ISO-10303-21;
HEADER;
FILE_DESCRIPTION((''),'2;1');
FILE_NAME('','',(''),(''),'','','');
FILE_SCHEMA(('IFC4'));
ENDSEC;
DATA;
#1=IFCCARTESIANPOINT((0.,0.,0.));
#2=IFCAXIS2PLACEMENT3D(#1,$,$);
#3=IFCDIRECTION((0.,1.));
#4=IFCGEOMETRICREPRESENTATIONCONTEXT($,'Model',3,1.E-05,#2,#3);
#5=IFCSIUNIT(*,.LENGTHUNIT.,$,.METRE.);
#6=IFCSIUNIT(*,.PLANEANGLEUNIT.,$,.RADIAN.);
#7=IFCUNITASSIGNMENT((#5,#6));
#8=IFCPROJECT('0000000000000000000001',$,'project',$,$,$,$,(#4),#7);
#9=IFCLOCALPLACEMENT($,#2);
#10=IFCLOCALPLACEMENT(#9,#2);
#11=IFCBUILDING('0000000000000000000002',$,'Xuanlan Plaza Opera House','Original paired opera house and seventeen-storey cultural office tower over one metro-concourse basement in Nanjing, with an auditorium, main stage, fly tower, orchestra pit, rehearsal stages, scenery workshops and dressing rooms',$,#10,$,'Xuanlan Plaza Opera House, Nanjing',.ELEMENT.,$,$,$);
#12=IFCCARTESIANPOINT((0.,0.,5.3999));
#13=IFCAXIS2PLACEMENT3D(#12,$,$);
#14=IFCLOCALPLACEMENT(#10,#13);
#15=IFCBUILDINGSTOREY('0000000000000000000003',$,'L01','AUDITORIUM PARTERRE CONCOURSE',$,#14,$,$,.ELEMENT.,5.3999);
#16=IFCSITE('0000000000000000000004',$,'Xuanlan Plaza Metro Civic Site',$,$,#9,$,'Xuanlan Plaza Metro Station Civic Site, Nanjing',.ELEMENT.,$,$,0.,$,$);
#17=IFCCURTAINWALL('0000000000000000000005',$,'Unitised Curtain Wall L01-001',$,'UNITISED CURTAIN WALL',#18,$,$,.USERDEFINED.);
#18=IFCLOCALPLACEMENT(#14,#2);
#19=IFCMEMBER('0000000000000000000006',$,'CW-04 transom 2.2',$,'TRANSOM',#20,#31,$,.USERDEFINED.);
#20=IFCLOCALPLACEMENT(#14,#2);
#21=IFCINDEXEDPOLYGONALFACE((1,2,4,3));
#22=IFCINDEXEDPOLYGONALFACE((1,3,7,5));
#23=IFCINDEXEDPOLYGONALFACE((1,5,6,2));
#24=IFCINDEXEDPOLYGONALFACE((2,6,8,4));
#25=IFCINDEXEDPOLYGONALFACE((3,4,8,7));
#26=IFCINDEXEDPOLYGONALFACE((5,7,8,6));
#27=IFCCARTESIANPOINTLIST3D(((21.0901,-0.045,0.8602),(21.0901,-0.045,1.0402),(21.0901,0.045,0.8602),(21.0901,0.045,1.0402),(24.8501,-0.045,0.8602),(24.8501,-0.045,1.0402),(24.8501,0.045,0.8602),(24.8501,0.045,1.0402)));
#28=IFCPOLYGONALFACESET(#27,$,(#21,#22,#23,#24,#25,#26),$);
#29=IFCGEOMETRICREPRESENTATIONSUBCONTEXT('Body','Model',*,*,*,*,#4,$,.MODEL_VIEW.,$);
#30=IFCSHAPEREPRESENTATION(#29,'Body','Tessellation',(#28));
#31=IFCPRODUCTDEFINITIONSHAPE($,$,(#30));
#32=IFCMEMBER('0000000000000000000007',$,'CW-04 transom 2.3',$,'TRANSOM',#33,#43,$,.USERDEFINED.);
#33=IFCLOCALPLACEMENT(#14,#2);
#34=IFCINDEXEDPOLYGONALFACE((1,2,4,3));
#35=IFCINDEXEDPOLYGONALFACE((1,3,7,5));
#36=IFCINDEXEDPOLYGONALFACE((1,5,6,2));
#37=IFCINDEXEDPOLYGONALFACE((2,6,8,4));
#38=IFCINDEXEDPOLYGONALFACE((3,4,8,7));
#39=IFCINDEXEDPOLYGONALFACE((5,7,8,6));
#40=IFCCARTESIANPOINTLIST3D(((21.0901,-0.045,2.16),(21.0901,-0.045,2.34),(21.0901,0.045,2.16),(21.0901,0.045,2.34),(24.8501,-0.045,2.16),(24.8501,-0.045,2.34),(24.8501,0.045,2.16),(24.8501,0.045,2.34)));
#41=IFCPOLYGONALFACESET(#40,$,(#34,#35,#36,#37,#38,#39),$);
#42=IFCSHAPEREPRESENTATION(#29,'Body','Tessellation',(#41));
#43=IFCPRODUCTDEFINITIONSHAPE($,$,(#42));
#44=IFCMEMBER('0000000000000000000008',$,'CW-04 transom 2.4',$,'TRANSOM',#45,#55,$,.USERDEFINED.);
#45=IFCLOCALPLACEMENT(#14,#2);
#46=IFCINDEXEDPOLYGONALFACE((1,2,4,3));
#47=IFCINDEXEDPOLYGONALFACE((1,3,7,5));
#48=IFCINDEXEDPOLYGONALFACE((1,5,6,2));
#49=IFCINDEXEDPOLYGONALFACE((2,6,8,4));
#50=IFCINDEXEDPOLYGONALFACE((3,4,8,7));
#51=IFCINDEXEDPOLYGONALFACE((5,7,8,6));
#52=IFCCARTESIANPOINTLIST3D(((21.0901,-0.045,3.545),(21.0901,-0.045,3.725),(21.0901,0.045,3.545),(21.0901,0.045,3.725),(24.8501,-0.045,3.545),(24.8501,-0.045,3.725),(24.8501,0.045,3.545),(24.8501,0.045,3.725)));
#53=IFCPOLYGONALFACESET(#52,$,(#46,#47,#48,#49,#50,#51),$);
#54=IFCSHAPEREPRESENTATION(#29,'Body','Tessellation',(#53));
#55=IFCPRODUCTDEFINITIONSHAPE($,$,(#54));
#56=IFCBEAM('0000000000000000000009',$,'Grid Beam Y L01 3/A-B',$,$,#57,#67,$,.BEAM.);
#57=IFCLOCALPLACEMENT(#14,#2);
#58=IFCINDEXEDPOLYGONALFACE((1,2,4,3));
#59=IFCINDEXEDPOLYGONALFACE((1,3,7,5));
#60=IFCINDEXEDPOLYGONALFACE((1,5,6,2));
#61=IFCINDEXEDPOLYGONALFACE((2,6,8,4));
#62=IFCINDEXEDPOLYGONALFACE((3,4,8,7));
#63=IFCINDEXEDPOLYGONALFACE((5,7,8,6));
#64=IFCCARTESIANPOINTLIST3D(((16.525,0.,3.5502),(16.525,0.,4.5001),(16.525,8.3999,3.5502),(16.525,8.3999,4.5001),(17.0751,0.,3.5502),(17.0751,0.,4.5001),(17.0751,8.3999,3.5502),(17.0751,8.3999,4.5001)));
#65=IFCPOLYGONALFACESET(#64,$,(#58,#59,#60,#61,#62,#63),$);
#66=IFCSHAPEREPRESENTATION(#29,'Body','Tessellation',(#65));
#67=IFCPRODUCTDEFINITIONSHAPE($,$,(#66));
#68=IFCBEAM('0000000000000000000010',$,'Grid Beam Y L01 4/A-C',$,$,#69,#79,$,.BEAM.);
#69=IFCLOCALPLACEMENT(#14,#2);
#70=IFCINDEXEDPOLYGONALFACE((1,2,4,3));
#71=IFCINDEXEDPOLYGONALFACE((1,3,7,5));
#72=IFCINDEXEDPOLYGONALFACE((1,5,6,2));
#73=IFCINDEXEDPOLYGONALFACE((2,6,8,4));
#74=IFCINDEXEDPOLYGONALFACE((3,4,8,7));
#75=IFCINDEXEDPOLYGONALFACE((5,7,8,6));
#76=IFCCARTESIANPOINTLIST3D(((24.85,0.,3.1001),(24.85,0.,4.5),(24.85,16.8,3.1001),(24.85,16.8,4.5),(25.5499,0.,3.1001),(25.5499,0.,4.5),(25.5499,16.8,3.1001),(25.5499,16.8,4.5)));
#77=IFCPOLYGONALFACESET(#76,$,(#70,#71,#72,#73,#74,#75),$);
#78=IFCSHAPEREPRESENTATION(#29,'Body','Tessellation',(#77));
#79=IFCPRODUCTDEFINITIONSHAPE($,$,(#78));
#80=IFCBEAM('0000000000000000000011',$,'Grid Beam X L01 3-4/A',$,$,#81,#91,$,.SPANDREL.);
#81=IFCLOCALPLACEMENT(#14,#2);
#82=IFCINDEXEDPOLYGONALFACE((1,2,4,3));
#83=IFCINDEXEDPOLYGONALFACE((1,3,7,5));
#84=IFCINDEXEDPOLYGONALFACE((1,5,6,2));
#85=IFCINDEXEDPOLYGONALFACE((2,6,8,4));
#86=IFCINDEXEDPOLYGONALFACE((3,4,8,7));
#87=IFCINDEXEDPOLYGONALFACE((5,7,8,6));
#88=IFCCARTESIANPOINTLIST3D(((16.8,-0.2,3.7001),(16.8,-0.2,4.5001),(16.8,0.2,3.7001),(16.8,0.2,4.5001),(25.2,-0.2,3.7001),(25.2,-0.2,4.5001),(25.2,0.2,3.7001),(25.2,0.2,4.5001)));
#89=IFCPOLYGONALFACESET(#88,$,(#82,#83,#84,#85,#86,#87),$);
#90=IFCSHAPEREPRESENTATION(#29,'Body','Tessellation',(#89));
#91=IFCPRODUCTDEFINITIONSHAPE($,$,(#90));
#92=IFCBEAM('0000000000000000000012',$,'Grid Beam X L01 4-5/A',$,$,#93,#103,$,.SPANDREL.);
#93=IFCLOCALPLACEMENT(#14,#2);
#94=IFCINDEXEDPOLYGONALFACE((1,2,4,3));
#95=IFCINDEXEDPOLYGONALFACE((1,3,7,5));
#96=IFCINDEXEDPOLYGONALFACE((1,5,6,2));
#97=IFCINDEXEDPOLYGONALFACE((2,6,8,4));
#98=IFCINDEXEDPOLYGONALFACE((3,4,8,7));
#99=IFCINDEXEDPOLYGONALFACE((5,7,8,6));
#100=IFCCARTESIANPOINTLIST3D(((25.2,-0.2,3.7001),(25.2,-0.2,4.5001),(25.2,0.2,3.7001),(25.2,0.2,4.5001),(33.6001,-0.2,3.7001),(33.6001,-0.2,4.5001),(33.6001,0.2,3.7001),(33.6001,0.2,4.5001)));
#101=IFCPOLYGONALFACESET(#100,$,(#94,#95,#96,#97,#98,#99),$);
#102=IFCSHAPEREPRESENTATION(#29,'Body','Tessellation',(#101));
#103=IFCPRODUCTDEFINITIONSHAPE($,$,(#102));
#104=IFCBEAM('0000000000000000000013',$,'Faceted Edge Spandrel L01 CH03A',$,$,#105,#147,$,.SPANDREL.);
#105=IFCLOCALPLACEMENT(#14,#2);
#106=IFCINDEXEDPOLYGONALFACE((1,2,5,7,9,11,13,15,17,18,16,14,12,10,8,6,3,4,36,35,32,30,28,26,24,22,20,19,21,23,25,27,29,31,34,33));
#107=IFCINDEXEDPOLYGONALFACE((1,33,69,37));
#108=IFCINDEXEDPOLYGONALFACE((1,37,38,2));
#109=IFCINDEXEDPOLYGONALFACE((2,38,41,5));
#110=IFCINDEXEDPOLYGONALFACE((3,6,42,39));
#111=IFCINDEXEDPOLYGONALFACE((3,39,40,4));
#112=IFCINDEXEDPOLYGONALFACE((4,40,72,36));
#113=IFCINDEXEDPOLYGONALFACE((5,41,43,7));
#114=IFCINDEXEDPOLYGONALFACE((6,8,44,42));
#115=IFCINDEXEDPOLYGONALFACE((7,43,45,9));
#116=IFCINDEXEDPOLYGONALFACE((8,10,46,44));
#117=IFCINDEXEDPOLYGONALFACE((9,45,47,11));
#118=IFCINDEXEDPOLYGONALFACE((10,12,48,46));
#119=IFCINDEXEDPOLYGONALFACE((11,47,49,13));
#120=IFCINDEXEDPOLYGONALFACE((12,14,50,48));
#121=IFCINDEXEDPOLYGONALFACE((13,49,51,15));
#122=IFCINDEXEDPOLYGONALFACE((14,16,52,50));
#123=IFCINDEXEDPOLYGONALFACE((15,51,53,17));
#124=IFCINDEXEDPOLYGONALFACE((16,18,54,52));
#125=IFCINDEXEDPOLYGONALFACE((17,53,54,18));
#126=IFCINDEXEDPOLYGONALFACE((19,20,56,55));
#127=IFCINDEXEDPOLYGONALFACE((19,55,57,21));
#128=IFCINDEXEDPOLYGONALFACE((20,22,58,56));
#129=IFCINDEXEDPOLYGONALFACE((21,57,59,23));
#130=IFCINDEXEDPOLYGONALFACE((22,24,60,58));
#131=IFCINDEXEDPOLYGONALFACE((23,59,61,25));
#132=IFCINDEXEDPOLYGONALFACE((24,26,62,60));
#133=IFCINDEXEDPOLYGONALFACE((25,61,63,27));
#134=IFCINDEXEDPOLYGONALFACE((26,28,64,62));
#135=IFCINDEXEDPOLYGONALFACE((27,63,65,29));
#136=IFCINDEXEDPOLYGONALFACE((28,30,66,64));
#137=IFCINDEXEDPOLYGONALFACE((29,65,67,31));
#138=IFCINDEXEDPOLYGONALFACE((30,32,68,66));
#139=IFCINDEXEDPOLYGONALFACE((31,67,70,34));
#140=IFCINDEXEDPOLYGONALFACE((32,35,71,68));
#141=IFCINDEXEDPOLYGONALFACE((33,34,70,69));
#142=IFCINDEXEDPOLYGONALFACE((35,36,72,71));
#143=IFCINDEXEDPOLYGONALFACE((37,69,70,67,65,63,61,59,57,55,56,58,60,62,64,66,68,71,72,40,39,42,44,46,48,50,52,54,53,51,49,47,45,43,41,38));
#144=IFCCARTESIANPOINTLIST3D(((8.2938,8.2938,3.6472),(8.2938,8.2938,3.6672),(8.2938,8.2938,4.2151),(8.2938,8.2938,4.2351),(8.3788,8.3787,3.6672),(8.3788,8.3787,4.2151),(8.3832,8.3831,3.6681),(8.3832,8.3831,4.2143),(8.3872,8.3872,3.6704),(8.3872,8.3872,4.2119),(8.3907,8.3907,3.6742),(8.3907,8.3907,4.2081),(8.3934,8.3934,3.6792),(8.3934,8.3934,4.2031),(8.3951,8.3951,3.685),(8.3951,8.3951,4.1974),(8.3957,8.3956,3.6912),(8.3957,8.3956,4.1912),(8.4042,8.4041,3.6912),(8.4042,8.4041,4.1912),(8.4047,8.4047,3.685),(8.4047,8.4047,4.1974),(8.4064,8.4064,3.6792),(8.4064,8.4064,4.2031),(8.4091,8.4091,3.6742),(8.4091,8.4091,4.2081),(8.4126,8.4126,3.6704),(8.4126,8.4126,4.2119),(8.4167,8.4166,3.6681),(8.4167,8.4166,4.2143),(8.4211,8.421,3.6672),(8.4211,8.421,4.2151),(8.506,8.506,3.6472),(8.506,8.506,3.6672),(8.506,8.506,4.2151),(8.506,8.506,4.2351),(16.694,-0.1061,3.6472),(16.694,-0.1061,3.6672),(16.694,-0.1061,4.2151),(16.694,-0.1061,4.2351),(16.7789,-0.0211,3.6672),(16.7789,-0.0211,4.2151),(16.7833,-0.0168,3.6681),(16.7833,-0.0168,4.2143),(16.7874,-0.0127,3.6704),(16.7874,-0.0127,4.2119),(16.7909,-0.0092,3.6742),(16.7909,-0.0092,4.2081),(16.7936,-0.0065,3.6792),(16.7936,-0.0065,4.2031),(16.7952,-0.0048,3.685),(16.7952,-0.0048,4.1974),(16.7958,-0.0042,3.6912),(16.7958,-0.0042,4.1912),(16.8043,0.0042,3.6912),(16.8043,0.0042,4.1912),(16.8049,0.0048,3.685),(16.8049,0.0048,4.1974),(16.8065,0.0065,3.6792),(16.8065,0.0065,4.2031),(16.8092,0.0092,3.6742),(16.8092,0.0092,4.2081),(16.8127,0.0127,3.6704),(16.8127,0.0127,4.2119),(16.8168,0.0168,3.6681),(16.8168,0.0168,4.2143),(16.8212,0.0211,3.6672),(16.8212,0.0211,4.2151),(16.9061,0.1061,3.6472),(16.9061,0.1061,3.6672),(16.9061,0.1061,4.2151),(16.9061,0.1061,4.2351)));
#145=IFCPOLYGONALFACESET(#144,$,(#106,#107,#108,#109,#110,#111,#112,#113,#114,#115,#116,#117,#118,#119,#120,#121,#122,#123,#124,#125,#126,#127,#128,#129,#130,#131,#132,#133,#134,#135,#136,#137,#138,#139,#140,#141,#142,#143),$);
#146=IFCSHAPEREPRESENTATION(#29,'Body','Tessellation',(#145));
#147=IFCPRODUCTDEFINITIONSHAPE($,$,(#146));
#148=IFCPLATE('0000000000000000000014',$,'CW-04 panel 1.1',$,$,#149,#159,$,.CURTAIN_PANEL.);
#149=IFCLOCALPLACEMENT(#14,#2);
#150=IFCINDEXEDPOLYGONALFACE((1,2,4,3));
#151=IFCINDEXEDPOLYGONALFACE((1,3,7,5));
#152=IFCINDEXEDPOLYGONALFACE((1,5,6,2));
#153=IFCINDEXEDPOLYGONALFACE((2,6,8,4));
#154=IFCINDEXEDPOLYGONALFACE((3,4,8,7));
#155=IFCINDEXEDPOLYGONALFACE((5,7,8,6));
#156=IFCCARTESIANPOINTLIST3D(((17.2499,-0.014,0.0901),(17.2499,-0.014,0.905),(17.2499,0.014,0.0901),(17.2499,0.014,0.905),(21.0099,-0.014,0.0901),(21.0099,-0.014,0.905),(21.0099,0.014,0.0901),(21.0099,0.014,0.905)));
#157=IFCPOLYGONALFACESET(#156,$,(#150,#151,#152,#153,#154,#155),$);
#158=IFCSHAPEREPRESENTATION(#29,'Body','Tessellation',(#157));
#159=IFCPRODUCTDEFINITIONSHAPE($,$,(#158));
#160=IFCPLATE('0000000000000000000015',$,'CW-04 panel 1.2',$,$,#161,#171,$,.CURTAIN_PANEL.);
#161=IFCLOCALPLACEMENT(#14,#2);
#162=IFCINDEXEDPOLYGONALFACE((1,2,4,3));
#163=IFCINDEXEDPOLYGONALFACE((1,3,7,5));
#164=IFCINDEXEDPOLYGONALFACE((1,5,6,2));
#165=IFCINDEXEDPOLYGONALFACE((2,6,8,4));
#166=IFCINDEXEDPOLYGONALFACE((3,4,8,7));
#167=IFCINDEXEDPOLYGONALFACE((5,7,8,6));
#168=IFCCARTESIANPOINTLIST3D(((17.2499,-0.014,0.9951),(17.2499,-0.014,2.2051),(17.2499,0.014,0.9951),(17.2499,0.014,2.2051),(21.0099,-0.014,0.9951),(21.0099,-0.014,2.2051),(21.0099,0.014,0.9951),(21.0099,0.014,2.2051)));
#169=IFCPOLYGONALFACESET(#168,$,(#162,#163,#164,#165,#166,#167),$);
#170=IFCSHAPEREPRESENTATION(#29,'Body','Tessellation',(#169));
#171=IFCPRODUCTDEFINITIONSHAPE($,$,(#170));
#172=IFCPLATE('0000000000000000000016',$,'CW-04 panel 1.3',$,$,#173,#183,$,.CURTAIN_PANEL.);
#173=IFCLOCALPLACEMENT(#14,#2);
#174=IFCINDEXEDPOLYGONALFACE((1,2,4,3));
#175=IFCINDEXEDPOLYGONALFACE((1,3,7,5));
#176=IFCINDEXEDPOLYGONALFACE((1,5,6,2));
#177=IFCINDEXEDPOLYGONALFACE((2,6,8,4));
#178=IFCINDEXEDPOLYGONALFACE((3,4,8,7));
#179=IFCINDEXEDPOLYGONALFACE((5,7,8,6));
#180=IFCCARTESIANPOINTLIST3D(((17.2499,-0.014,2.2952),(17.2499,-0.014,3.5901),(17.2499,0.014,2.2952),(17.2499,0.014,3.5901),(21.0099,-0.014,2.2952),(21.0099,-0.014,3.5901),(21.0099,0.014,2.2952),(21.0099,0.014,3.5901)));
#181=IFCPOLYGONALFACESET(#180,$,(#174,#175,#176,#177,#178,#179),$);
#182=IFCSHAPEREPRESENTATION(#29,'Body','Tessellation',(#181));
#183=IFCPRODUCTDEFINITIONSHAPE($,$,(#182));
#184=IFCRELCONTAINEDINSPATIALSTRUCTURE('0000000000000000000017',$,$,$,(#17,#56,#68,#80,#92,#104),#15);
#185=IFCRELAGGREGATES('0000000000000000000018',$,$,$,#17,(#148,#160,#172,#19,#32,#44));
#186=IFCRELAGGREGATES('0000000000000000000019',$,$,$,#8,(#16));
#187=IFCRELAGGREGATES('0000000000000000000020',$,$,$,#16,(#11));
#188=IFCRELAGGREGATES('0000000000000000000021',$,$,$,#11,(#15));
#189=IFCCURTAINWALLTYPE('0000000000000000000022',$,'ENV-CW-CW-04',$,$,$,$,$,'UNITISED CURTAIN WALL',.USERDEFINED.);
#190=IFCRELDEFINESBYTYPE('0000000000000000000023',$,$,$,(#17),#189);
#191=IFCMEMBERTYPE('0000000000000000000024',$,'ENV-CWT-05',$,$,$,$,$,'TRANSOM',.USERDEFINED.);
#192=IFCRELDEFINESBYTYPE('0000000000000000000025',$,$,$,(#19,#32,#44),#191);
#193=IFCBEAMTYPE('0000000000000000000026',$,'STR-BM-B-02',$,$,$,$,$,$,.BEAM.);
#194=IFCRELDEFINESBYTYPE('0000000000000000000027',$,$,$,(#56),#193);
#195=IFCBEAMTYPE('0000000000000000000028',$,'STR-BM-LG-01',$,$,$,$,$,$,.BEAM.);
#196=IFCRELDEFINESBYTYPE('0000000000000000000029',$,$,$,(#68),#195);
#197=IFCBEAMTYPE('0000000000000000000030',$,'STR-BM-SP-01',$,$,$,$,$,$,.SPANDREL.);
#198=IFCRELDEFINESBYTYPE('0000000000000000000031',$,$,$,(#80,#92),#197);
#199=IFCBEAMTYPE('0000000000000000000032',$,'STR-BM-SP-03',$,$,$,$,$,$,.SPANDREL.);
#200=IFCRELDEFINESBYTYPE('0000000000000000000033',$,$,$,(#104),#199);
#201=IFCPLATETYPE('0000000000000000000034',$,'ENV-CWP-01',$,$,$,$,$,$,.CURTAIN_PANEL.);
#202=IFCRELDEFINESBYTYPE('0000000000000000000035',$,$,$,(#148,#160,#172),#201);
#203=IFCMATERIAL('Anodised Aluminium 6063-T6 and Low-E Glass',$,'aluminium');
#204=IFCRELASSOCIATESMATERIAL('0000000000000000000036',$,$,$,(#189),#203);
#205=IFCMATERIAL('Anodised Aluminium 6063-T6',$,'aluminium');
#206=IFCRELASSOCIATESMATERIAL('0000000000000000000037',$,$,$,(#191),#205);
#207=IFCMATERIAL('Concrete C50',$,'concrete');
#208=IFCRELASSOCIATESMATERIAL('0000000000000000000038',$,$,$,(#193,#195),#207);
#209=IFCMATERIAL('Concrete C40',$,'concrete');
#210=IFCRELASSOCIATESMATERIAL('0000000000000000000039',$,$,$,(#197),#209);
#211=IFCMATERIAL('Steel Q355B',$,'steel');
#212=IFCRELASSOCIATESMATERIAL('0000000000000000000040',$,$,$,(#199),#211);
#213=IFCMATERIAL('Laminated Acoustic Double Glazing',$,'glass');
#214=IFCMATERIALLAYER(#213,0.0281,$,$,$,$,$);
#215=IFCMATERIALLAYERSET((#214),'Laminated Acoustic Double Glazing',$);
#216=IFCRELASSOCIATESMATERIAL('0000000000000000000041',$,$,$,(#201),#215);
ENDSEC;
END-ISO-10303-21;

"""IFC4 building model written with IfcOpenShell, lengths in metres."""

from ifc_helpers import new_model, si_unit, direction, frame, origin, origin_2d, place, context, subcontext, project, spatial, rectangle, i_section, extrude, material, layer, layer_set, material_profile, profile_set, type_object, element, aggregate, save


model = new_model("IFC4")

# Units and contexts
model_context = context("Model", 3, precision=1e-05, world=origin(), true_north=direction((0.0, 1.0)))
body_context = subcontext(model_context, "Body", "Model", "MODEL_VIEW")
ifc_project = project(units=[si_unit("LENGTHUNIT", "METRE"), si_unit("PLANEANGLEUNIT", "RADIAN")], contexts=[model_context])

# Site, building, storey
site_placement = place(None, origin())
site = spatial("IfcSite", under=ifc_project, at=site_placement, Name="Xuanlan Plaza Metro Civic Site", LongName="Xuanlan Plaza Metro Station Civic Site, Nanjing", CompositionType="ELEMENT", RefElevation=0.0)
building_placement = place(site_placement, origin())
building = spatial("IfcBuilding", under=site, at=building_placement, Name="Xuanlan Plaza Opera House", Description="Original paired opera house and seventeen-storey cultural office tower over one metro-concourse basement in Nanjing, with an auditorium, main stage, fly tower, orchestra pit, rehearsal stages, scenery workshops and dressing rooms", LongName="Xuanlan Plaza Opera House, Nanjing", CompositionType="ELEMENT")
storey_placement = place(building_placement, frame((0.0, 0.0, 5.3999)))
storey = spatial("IfcBuildingStorey", under=building, at=storey_placement, Name="L01", Description="AUDITORIUM PARTERRE CONCOURSE", CompositionType="ELEMENT", Elevation=5.3999)

# Shared definitions
ifc_material_1 = material(Name="Concrete C40", Category="concrete")

# Curtain wall
ifc_material_2 = material(Name="Anodised Aluminium 6063-T6 and Low-E Glass", Category="aluminium")
curtain_wall_type_1 = type_object("IfcCurtainWallType", Name="ENV-CW-CW-04", ElementType="UNITISED CURTAIN WALL", PredefinedType="USERDEFINED", material=ifc_material_2)
curtain_wall_1_placement = place(storey_placement, origin())
curtain_wall_1 = element("IfcCurtainWall", 1, at=curtain_wall_1_placement, inside=storey, type_object=curtain_wall_type_1, Name="Unitised Curtain Wall L01-001", ObjectType="UNITISED CURTAIN WALL", PredefinedType="USERDEFINED")
ifc_material_3 = material(Name="Anodised Aluminium 6063-T6", Category="aluminium")

# Members
ifc_material_profile_1 = material_profile(ifc_material_3, rectangle(XDim=0.0901, YDim=0.1799, at=origin_2d()), Name="ALU-T 90x180")
ifc_profile_set_1 = profile_set([ifc_material_profile_1], Name="Anodised Aluminium 6063-T6")
member_type_1 = type_object("IfcMemberType", Name="ENV-CWT-05", ElementType="TRANSOM", PredefinedType="USERDEFINED", material=ifc_profile_set_1)
member_1_placement = place(storey_placement, frame((21.0901, 0.0, 0.9502), z_axis=(1.0, 0.0, 0.0), x_axis=(0.0, 1.0, 0.0)))
member_1 = element("IfcMember", 2, at=member_1_placement, type_object=member_type_1, Name="CW-04 transom 2.2", ObjectType="TRANSOM", PredefinedType="USERDEFINED", context=body_context, shape_type="SweptSolid", body=[
    extrude(rectangle(XDim=0.0901, YDim=0.1799, at=origin_2d()), origin(), (0.0, 0.0, 1.0), 3.76),
])
member_2_placement = place(storey_placement, frame((21.0901, 0.0, 2.25), z_axis=(1.0, 0.0, 0.0), x_axis=(0.0, 1.0, 0.0)))
member_2 = element("IfcMember", 3, at=member_2_placement, type_object=member_type_1, Name="CW-04 transom 2.3", ObjectType="TRANSOM", PredefinedType="USERDEFINED", context=body_context, shape_type="SweptSolid", body=[
    extrude(rectangle(XDim=0.0901, YDim=0.1799, at=origin_2d()), origin(), (0.0, 0.0, 1.0), 3.76),
])
member_3_placement = place(storey_placement, frame((21.0901, 0.0, 3.635), z_axis=(1.0, 0.0, 0.0), x_axis=(0.0, 1.0, 0.0)))
member_3 = element("IfcMember", 4, at=member_3_placement, type_object=member_type_1, Name="CW-04 transom 2.4", ObjectType="TRANSOM", PredefinedType="USERDEFINED", context=body_context, shape_type="SweptSolid", body=[
    extrude(rectangle(XDim=0.0901, YDim=0.1799, at=origin_2d()), origin(), (0.0, 0.0, 1.0), 3.76),
])

# Beams
ifc_material_4 = material(Name="Concrete C50", Category="concrete")
ifc_material_profile_2 = material_profile(ifc_material_4, rectangle(XDim=0.55, YDim=0.95, at=origin_2d()), Name="RC-BM 550x950")
ifc_profile_set_2 = profile_set([ifc_material_profile_2], Name="Concrete C50")
beam_type_1 = type_object("IfcBeamType", Name="STR-BM-B-02", PredefinedType="BEAM", material=ifc_profile_set_2)
beam_1_placement = place(storey_placement, frame((16.8, 0.0, 4.0251), z_axis=(0.0, 1.0, 0.0), x_axis=(-1.0, 0.0, 0.0)))
element("IfcBeam", 5, at=beam_1_placement, inside=storey, type_object=beam_type_1, Name="Grid Beam Y L01 3/A-B", PredefinedType="BEAM", context=body_context, shape_type="SweptSolid", body=[
    extrude(rectangle(XDim=0.55, YDim=0.95, at=origin_2d()), origin(), (0.0, 0.0, 1.0), 8.3999),
])
ifc_material_profile_3 = material_profile(ifc_material_4, rectangle(XDim=0.7, YDim=1.3999, at=origin_2d()), Name="RC-LG 700x1400")
ifc_profile_set_3 = profile_set([ifc_material_profile_3], Name="Concrete C50")
beam_type_2 = type_object("IfcBeamType", Name="STR-BM-LG-01", PredefinedType="BEAM", material=ifc_profile_set_3)
beam_2_placement = place(storey_placement, frame((25.2, 0.0, 3.8), z_axis=(0.0, 1.0, 0.0), x_axis=(-1.0, 0.0, 0.0)))
element("IfcBeam", 6, at=beam_2_placement, inside=storey, type_object=beam_type_2, Name="Grid Beam Y L01 4/A-C", PredefinedType="BEAM", context=body_context, shape_type="SweptSolid", body=[
    extrude(rectangle(XDim=0.7, YDim=1.3999, at=origin_2d()), origin(), (0.0, 0.0, 1.0), 16.8),
])
ifc_material_profile_4 = material_profile(ifc_material_1, rectangle(XDim=0.3999, YDim=0.8, at=origin_2d()), Name="RC-SPD 400x800")
ifc_profile_set_4 = profile_set([ifc_material_profile_4], Name="Concrete C40")
beam_type_3 = type_object("IfcBeamType", Name="STR-BM-SP-01", PredefinedType="SPANDREL", material=ifc_profile_set_4)
beam_3_placement = place(storey_placement, frame((16.8, 0.0, 4.1001), z_axis=(1.0, 0.0, 0.0), x_axis=(0.0, 1.0, 0.0)))
element("IfcBeam", 7, at=beam_3_placement, inside=storey, type_object=beam_type_3, Name="Grid Beam X L01 3-4/A", PredefinedType="SPANDREL", context=body_context, shape_type="SweptSolid", body=[
    extrude(rectangle(XDim=0.3999, YDim=0.8, at=origin_2d()), origin(), (0.0, 0.0, 1.0), 8.3999),
])
beam_4_placement = place(storey_placement, frame((25.2, 0.0, 4.1001), z_axis=(1.0, 0.0, 0.0), x_axis=(0.0, 1.0, 0.0)))
element("IfcBeam", 8, at=beam_4_placement, inside=storey, type_object=beam_type_3, Name="Grid Beam X L01 4-5/A", PredefinedType="SPANDREL", context=body_context, shape_type="SweptSolid", body=[
    extrude(rectangle(XDim=0.3999, YDim=0.8, at=origin_2d()), origin(), (0.0, 0.0, 1.0), 8.4001),
])
ifc_material_5 = material(Name="Steel Q355B", Category="steel")
ifc_material_profile_5 = material_profile(ifc_material_5, i_section(OverallWidth=0.3, OverallDepth=0.5879, WebThickness=0.012, FlangeThickness=0.02, FilletRadius=0.0239, at=origin_2d()), Name="HM 588x300x12x20")
ifc_profile_set_5 = profile_set([ifc_material_profile_5], Name="Steel Q355B")
beam_type_4 = type_object("IfcBeamType", Name="STR-BM-SP-03", PredefinedType="SPANDREL", material=ifc_profile_set_5)
beam_5_placement = place(storey_placement, frame((16.8, 0.0, 3.9412), z_axis=(-0.707117, 0.707097, 0.0), x_axis=(-0.707097, -0.707117, 0.0)))
element("IfcBeam", 9, at=beam_5_placement, inside=storey, type_object=beam_type_4, Name="Faceted Edge Spandrel L01 CH03A", PredefinedType="SPANDREL", context=body_context, shape_type="SweptSolid", body=[
    extrude(i_section(OverallWidth=0.3, OverallDepth=0.5879, WebThickness=0.012, FlangeThickness=0.02, FilletRadius=0.0239, at=origin_2d()), origin(), (0.0, 0.0, 1.0), 11.8794),
])

# Plates
ifc_material_6 = material(Name="Laminated Acoustic Double Glazing", Category="glass")
ifc_layer_1 = layer(ifc_material_6, 0.0281)
ifc_layer_set_1 = layer_set([ifc_layer_1], Name="Laminated Acoustic Double Glazing")
plate_type_1 = type_object("IfcPlateType", Name="ENV-CWP-01", PredefinedType="CURTAIN_PANEL", material=ifc_layer_set_1)
plate_1_placement = place(storey_placement, frame((19.1299, 0.0, 0.0901), z_axis=(0.0, 0.0, 1.0), x_axis=(1.0, 0.0, 0.0)))
plate_1 = element("IfcPlate", 10, at=plate_1_placement, type_object=plate_type_1, Name="CW-04 panel 1.1", PredefinedType="CURTAIN_PANEL", context=body_context, shape_type="SweptSolid", body=[
    extrude(rectangle(XDim=3.76, YDim=0.0281, at=origin_2d()), origin(), (0.0, 0.0, 1.0), 0.8149),
])
plate_2_placement = place(storey_placement, frame((19.1299, 0.0, 0.9951), z_axis=(0.0, 0.0, 1.0), x_axis=(1.0, 0.0, 0.0)))
plate_2 = element("IfcPlate", 11, at=plate_2_placement, type_object=plate_type_1, Name="CW-04 panel 1.2", PredefinedType="CURTAIN_PANEL", context=body_context, shape_type="SweptSolid", body=[
    extrude(rectangle(XDim=3.76, YDim=0.0281, at=origin_2d()), origin(), (0.0, 0.0, 1.0), 1.21),
])
plate_3_placement = place(storey_placement, frame((19.1299, 0.0, 2.2952), z_axis=(0.0, 0.0, 1.0), x_axis=(1.0, 0.0, 0.0)))
plate_3 = element("IfcPlate", 12, at=plate_3_placement, type_object=plate_type_1, Name="CW-04 panel 1.3", PredefinedType="CURTAIN_PANEL", context=body_context, shape_type="SweptSolid", body=[
    extrude(rectangle(XDim=3.76, YDim=0.0281, at=origin_2d()), origin(), (0.0, 0.0, 1.0), 1.2949),
])
aggregate(curtain_wall_1, [plate_1, plate_2, plate_3, member_1, member_2, member_3])

save(model, "model.ifc")
